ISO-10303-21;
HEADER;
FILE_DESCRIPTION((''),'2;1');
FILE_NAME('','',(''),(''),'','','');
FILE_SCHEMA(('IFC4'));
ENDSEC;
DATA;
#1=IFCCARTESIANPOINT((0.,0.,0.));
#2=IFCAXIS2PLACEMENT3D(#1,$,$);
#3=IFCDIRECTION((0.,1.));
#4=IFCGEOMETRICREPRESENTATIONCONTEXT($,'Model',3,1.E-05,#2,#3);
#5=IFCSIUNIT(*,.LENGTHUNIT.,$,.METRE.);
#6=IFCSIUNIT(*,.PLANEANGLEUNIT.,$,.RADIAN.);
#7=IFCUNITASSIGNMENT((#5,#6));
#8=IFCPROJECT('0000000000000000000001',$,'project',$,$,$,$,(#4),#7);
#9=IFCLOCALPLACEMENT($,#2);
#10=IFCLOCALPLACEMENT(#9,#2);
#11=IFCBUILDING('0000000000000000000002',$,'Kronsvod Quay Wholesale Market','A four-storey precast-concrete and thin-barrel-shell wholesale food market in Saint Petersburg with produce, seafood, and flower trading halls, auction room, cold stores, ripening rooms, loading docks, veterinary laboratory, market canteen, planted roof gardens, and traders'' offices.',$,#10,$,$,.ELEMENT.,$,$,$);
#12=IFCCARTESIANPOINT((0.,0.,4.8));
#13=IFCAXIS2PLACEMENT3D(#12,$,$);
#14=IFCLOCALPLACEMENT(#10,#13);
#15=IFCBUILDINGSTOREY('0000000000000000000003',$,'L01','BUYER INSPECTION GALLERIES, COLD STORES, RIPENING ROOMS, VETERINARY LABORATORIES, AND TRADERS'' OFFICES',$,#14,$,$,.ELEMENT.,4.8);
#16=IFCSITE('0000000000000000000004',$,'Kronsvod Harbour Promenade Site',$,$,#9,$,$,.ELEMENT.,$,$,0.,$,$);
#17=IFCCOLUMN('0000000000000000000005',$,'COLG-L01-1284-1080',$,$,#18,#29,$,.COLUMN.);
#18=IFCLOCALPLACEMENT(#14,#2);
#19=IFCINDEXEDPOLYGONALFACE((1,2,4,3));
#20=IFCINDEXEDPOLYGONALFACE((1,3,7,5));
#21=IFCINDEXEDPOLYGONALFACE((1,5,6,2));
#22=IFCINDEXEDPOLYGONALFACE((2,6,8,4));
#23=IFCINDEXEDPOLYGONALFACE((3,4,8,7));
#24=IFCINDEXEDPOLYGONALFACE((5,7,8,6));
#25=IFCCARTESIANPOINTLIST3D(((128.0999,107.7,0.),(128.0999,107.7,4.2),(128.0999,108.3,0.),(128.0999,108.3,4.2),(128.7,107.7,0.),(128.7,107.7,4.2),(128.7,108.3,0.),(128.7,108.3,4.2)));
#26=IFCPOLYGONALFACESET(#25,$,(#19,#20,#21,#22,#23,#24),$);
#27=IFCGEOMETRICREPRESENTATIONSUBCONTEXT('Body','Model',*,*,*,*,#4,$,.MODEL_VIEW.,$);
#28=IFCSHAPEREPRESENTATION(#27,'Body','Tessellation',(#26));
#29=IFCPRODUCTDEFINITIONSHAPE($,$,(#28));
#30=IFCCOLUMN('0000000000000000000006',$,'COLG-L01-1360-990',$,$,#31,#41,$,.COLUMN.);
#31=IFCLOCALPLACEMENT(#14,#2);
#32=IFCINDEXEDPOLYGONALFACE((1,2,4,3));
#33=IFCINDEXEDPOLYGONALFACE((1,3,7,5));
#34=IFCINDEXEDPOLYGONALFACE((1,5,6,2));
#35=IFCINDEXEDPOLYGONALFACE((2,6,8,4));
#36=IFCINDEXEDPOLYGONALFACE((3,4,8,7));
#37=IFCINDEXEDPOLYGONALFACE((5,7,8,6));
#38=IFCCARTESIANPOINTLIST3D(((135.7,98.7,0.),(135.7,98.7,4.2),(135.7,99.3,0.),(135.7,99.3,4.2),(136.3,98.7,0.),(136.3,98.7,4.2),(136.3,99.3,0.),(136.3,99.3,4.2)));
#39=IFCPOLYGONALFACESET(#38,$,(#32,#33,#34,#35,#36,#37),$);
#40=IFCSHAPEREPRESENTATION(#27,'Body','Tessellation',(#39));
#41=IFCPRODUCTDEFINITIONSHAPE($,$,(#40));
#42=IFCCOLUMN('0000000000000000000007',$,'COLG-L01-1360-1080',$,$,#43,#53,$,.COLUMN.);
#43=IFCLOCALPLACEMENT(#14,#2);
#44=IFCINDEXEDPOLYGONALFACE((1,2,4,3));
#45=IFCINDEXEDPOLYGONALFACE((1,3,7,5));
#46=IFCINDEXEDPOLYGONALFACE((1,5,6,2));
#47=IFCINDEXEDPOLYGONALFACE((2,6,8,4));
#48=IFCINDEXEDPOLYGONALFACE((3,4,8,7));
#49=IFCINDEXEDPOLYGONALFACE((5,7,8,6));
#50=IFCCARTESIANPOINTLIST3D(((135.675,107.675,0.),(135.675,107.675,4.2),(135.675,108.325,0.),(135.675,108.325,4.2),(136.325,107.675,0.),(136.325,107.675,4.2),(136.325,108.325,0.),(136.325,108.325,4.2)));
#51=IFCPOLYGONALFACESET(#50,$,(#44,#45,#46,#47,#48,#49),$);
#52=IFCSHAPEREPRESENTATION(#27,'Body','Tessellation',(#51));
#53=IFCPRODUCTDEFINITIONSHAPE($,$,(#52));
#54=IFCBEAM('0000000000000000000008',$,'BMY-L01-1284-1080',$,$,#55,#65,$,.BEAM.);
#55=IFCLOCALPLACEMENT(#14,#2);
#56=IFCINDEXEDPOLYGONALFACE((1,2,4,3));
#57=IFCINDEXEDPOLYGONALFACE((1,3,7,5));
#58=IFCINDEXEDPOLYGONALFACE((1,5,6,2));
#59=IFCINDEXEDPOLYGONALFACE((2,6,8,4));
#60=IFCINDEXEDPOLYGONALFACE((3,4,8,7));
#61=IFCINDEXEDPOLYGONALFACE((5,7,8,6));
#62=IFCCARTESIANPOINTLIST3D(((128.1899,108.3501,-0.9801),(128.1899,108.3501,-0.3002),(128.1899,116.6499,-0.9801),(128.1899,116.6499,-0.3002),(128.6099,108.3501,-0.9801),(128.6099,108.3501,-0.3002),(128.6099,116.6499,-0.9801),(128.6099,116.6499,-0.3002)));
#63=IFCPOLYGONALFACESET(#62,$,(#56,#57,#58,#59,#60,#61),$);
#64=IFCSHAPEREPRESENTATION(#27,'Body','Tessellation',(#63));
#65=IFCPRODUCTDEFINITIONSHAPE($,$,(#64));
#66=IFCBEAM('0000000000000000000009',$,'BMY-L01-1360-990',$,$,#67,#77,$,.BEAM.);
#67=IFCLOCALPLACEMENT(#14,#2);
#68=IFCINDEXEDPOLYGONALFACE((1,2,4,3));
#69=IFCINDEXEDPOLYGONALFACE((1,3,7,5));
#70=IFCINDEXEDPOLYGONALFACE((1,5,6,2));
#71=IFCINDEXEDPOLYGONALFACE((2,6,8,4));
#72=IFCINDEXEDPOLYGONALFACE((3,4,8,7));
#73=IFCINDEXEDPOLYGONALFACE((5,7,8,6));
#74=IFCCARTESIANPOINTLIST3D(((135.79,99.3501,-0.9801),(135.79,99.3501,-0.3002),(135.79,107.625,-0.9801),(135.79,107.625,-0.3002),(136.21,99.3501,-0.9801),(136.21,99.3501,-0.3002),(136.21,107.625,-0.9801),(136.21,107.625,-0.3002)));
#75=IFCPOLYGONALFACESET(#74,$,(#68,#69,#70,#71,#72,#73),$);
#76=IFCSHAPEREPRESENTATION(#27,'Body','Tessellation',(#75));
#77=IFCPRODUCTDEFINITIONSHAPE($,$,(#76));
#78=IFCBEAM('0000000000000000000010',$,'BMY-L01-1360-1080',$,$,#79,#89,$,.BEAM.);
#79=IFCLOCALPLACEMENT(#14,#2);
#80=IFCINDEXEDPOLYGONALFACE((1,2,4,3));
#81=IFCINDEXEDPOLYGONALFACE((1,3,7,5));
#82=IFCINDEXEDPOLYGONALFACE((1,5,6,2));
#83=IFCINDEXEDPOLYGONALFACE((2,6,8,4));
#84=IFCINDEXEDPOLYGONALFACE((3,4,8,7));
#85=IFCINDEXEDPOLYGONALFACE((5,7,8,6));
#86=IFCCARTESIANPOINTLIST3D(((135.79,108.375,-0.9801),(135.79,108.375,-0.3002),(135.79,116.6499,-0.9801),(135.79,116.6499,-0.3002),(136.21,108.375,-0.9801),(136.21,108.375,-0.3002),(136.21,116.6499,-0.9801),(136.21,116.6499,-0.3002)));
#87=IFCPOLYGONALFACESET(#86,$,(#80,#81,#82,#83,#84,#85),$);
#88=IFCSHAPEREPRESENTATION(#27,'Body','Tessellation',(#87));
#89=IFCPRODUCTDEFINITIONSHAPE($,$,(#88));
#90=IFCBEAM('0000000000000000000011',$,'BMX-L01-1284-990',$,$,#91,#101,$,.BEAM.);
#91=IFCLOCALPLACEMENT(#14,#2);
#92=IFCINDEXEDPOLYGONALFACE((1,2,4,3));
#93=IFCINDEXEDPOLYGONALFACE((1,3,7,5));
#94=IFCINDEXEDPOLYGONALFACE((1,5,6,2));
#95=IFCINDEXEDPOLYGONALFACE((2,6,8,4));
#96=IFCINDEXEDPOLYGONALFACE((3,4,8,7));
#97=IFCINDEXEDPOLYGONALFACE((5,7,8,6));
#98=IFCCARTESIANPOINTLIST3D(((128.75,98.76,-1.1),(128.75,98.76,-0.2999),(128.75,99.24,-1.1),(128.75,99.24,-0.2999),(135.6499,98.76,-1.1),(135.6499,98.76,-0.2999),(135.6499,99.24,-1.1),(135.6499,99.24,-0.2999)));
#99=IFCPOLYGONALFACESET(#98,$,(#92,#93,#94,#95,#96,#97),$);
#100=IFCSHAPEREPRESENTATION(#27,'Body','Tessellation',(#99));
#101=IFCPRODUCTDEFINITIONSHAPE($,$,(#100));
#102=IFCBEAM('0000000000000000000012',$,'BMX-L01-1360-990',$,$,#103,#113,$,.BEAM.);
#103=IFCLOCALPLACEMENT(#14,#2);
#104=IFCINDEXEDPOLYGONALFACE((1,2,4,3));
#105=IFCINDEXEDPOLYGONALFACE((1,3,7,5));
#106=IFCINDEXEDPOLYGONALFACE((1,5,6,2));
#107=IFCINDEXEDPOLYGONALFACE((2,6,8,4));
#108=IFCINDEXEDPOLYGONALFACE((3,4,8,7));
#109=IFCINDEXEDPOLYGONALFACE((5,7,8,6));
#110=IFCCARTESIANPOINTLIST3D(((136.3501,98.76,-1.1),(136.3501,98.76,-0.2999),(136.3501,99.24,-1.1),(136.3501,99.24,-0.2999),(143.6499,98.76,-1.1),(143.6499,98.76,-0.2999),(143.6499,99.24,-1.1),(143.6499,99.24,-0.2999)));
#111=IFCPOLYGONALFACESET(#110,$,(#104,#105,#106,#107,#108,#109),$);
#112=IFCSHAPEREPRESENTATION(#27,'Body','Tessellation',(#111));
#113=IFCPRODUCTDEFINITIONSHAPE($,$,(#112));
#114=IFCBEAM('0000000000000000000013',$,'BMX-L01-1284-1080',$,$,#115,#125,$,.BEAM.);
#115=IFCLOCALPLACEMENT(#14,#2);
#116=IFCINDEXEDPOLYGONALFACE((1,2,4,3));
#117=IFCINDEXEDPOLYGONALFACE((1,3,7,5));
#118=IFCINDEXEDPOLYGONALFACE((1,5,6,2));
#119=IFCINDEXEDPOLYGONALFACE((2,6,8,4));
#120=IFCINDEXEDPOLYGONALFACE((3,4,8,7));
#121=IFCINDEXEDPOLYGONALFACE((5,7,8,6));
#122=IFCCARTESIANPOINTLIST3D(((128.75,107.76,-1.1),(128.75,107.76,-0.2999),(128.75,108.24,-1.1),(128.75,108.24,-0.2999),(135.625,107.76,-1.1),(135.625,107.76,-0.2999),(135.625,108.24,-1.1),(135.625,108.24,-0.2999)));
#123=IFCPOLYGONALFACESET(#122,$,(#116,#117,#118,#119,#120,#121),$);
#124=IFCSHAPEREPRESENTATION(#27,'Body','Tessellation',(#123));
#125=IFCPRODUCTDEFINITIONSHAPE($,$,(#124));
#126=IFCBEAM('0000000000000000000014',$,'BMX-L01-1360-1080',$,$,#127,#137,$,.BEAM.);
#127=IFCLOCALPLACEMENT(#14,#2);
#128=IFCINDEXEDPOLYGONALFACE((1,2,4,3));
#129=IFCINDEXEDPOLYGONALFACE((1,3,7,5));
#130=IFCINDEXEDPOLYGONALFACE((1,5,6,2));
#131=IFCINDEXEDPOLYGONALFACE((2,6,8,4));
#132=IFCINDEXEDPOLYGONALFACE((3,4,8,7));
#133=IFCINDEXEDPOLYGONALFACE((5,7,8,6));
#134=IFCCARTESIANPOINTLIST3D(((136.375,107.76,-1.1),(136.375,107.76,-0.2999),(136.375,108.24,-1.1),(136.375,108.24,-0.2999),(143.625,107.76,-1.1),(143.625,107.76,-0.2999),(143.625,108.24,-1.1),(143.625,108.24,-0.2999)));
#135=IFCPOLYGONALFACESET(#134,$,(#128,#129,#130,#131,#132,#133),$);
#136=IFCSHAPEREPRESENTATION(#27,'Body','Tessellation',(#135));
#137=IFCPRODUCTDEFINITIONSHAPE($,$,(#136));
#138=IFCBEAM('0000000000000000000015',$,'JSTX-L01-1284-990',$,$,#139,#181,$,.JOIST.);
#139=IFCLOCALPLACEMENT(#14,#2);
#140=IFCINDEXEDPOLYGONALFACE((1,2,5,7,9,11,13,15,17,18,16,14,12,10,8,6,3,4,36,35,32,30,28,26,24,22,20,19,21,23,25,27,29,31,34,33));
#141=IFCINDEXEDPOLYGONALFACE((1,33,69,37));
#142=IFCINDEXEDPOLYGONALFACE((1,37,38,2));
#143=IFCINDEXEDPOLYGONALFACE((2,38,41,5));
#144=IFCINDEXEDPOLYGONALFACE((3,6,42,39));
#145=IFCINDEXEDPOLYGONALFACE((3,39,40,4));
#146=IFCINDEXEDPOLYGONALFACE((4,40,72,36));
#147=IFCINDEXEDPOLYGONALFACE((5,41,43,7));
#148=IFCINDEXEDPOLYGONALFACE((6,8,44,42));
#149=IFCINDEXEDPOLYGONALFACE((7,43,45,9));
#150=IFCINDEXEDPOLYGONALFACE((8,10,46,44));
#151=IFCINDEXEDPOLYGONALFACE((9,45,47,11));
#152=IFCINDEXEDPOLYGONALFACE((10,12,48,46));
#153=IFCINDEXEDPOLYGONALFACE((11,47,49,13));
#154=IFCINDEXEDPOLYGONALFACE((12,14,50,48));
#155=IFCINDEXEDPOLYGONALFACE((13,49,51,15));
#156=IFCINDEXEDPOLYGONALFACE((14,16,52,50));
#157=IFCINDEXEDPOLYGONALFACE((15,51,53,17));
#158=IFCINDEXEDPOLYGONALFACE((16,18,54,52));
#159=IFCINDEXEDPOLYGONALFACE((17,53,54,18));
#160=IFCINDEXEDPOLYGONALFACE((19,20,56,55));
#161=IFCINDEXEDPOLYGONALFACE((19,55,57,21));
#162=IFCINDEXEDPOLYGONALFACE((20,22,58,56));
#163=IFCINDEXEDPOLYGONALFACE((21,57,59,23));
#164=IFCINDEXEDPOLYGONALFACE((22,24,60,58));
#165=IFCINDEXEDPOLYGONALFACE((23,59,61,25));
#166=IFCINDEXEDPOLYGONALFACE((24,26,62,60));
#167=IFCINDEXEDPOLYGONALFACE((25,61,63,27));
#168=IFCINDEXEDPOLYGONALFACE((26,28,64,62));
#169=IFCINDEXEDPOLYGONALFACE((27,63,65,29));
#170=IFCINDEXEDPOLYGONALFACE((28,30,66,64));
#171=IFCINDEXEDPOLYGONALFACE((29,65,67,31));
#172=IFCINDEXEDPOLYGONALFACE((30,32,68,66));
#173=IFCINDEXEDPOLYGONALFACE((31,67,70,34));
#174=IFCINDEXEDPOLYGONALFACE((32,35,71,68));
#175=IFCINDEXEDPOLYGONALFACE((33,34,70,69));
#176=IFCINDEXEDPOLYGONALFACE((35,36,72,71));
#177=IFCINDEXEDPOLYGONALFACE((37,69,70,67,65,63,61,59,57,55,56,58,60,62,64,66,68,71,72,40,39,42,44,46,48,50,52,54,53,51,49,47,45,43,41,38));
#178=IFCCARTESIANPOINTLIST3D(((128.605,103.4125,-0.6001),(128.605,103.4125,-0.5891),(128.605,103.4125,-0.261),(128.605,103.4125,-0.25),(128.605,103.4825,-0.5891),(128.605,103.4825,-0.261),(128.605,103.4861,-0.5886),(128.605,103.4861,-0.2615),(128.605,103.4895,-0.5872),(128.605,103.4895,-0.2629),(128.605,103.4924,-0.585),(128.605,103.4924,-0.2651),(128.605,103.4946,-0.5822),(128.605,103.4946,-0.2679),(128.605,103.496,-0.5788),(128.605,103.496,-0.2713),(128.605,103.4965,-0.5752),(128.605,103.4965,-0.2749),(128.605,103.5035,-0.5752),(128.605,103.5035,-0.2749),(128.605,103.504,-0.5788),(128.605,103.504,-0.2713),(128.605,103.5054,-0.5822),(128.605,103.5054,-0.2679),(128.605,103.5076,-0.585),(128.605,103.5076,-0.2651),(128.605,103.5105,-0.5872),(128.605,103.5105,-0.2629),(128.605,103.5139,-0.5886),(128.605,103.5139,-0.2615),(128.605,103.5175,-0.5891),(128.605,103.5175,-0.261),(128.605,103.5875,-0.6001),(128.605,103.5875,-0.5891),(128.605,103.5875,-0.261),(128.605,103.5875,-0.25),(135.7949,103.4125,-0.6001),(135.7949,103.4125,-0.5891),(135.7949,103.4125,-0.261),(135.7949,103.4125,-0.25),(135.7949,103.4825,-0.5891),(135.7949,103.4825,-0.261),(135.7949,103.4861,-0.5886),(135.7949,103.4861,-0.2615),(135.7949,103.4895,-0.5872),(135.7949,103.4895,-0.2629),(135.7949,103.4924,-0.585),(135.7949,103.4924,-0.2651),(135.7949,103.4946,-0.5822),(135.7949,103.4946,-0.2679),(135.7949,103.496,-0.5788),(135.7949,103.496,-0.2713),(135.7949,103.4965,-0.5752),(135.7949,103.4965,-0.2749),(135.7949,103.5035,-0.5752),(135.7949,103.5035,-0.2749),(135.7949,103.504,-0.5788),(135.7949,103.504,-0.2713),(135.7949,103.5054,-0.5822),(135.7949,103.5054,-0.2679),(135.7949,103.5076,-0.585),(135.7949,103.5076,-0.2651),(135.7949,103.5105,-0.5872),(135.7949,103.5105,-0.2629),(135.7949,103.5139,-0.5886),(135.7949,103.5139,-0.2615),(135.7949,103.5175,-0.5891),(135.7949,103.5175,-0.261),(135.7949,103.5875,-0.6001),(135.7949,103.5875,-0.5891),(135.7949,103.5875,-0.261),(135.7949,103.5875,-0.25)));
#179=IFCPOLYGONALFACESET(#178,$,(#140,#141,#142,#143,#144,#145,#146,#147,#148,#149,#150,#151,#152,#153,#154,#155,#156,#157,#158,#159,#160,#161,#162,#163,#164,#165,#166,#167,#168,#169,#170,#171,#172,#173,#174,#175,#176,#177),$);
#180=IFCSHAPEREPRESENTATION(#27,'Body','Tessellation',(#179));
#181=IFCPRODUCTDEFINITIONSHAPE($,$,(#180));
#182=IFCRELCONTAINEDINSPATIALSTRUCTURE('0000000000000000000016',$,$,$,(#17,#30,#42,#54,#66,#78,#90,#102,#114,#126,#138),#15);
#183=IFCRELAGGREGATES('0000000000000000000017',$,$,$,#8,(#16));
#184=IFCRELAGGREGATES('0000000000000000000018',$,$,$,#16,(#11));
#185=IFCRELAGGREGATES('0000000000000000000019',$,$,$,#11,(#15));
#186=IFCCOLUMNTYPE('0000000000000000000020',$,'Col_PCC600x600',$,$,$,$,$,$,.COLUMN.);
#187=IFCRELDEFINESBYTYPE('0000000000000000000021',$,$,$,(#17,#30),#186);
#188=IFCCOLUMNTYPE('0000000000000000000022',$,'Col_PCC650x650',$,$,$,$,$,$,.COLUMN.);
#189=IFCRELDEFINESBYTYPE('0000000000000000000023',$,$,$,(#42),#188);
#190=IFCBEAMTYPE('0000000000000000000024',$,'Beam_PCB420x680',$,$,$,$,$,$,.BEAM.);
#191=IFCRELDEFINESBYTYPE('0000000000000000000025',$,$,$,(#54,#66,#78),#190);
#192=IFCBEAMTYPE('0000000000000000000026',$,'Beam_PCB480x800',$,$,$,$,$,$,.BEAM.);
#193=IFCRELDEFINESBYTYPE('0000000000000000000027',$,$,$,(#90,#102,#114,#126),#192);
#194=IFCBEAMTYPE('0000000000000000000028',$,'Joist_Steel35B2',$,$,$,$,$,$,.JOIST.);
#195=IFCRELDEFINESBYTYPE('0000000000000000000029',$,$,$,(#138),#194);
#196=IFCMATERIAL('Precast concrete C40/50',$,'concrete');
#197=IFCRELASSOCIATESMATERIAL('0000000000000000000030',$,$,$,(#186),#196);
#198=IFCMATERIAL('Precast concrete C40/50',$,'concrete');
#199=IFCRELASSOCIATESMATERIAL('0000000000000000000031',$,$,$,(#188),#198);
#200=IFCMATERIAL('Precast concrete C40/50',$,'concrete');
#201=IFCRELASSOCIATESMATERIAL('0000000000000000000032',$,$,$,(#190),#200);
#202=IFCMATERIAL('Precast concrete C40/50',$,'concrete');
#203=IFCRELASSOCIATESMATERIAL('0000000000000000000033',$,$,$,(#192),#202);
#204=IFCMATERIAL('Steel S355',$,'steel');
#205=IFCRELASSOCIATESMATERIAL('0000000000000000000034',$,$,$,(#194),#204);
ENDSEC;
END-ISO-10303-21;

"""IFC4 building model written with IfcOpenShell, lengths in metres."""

from ifc_helpers import new_model, si_unit, direction, frame, origin, origin_2d, place, context, subcontext, project, spatial, rectangle, i_section, extrude, material, material_profile, profile_set, type_object, element, save


model = new_model("IFC4")

# Units and contexts
model_context = context("Model", 3, precision=1e-05, world=origin(), true_north=direction((0.0, 1.0)))
body_context = subcontext(model_context, "Body", "Model", "MODEL_VIEW")
ifc_project = project(units=[si_unit("LENGTHUNIT", "METRE"), si_unit("PLANEANGLEUNIT", "RADIAN")], contexts=[model_context])

# Site, building, storey
site_placement = place(None, origin())
site = spatial("IfcSite", under=ifc_project, at=site_placement, Name="Kronsvod Harbour Promenade Site", CompositionType="ELEMENT", RefElevation=0.0)
building_placement = place(site_placement, origin())
building = spatial("IfcBuilding", under=site, at=building_placement, Name="Kronsvod Quay Wholesale Market", Description="A four-storey precast-concrete and thin-barrel-shell wholesale food market in Saint Petersburg with produce, seafood, and flower trading halls, auction room, cold stores, ripening rooms, loading docks, veterinary laboratory, market canteen, planted roof gardens, and traders' offices.", CompositionType="ELEMENT")
storey_placement = place(building_placement, frame((0.0, 0.0, 4.8)))
storey = spatial("IfcBuildingStorey", under=building, at=storey_placement, Name="L01", Description="BUYER INSPECTION GALLERIES, COLD STORES, RIPENING ROOMS, VETERINARY LABORATORIES, AND TRADERS' OFFICES", CompositionType="ELEMENT", Elevation=4.8)

# Columns
ifc_material_1 = material(Name="Precast concrete C40/50", Category="concrete")
ifc_material_profile_1 = material_profile(ifc_material_1, rectangle(XDim=0.6001, YDim=0.6001, at=origin_2d()), Name="PCC600x600")
ifc_profile_set_1 = profile_set([ifc_material_profile_1], Name="Precast concrete C40/50")
column_type_1 = type_object("IfcColumnType", Name="Col_PCC600x600", PredefinedType="COLUMN", material=ifc_profile_set_1)
for number, where, z_axis, x_axis, name in (
    (1, (128.3999, 108.0, 0.0), (0.0, 0.0, 1.0), (1.0, 0.0, 0.0), "COLG-L01-1284-1080"),
    (2, (136.0, 99.0, 0.0), (0.0, 0.0, 1.0), (1.0, 0.0, 0.0), "COLG-L01-1360-990"),
):
    element("IfcColumn", number, at=place(storey_placement, frame(where, z_axis=z_axis, x_axis=x_axis)), inside=storey, type_object=column_type_1, Name=name, PredefinedType="COLUMN", context=body_context, shape_type="SweptSolid", body=[
        extrude(rectangle(XDim=0.6001, YDim=0.6001, at=origin_2d()), origin(), (0.0, 0.0, 1.0), 4.2),
    ])
ifc_material_2 = material(Name="Precast concrete C40/50", Category="concrete")
ifc_material_profile_2 = material_profile(ifc_material_2, rectangle(XDim=0.6499, YDim=0.6499, at=origin_2d()), Name="COL-08")
ifc_profile_set_2 = profile_set([ifc_material_profile_2], Name="Precast concrete C40/50")
column_type_2 = type_object("IfcColumnType", Name="Col_PCC650x650", PredefinedType="COLUMN", material=ifc_profile_set_2)
column_placement = place(storey_placement, frame((136.0, 108.0, 0.0), z_axis=(0.0, 0.0, 1.0), x_axis=(1.0, 0.0, 0.0)))
element("IfcColumn", 3, at=column_placement, inside=storey, type_object=column_type_2, Name="COLG-L01-1360-1080", PredefinedType="COLUMN", context=body_context, shape_type="SweptSolid", body=[
    extrude(rectangle(XDim=0.6499, YDim=0.6499, at=origin_2d()), origin(), (0.0, 0.0, 1.0), 4.2),
])

# Beams
ifc_material_3 = material(Name="Precast concrete C40/50", Category="concrete")
ifc_material_profile_3 = material_profile(ifc_material_3, rectangle(XDim=0.4199, YDim=0.6799, at=origin_2d()), Name="PB-05")
ifc_profile_set_3 = profile_set([ifc_material_profile_3], Name="Precast concrete C40/50")
beam_type_1 = type_object("IfcBeamType", Name="Beam_PCB420x680", PredefinedType="BEAM", material=ifc_profile_set_3)
beam_1_placement = place(storey_placement, frame((128.3999, 108.3501, -0.6401), z_axis=(0.0, 1.0, 0.0), x_axis=(-1.0, 0.0, 0.0)))
element("IfcBeam", 4, at=beam_1_placement, inside=storey, type_object=beam_type_1, Name="BMY-L01-1284-1080", PredefinedType="BEAM", context=body_context, shape_type="SweptSolid", body=[
    extrude(rectangle(XDim=0.4199, YDim=0.6799, at=origin_2d()), origin(), (0.0, 0.0, 1.0), 8.2998),
])
for number, where, z_axis, x_axis, name in (
    (5, (136.0, 99.3501, -0.6401), (0.0, 1.0, 0.0), (-1.0, 0.0, 0.0), "BMY-L01-1360-990"),
    (6, (136.0, 108.375, -0.6401), (0.0, 1.0, 0.0), (-1.0, 0.0, 0.0), "BMY-L01-1360-1080"),
):
    element("IfcBeam", number, at=place(storey_placement, frame(where, z_axis=z_axis, x_axis=x_axis)), inside=storey, type_object=beam_type_1, Name=name, PredefinedType="BEAM", context=body_context, shape_type="SweptSolid", body=[
        extrude(rectangle(XDim=0.4199, YDim=0.6799, at=origin_2d()), origin(), (0.0, 0.0, 1.0), 8.2749),
    ])
ifc_material_4 = material(Name="Precast concrete C40/50", Category="concrete")
ifc_material_profile_4 = material_profile(ifc_material_4, rectangle(XDim=0.48, YDim=0.8, at=origin_2d()), Name="PB-04")
ifc_profile_set_4 = profile_set([ifc_material_profile_4], Name="Precast concrete C40/50")
beam_type_2 = type_object("IfcBeamType", Name="Beam_PCB480x800", PredefinedType="BEAM", material=ifc_profile_set_4)
beam_2_placement = place(storey_placement, frame((128.75, 99.0, -0.7), z_axis=(1.0, 0.0, 0.0), x_axis=(0.0, 1.0, 0.0)))
element("IfcBeam", 7, at=beam_2_placement, inside=storey, type_object=beam_type_2, Name="BMX-L01-1284-990", PredefinedType="BEAM", context=body_context, shape_type="SweptSolid", body=[
    extrude(rectangle(XDim=0.48, YDim=0.8, at=origin_2d()), origin(), (0.0, 0.0, 1.0), 6.8999),
])
beam_3_placement = place(storey_placement, frame((136.3501, 99.0, -0.7), z_axis=(1.0, 0.0, 0.0), x_axis=(0.0, 1.0, 0.0)))
element("IfcBeam", 8, at=beam_3_placement, inside=storey, type_object=beam_type_2, Name="BMX-L01-1360-990", PredefinedType="BEAM", context=body_context, shape_type="SweptSolid", body=[
    extrude(rectangle(XDim=0.48, YDim=0.8, at=origin_2d()), origin(), (0.0, 0.0, 1.0), 7.2998),
])
beam_4_placement = place(storey_placement, frame((128.75, 108.0, -0.7), z_axis=(1.0, 0.0, 0.0), x_axis=(0.0, 1.0, 0.0)))
element("IfcBeam", 9, at=beam_4_placement, inside=storey, type_object=beam_type_2, Name="BMX-L01-1284-1080", PredefinedType="BEAM", context=body_context, shape_type="SweptSolid", body=[
    extrude(rectangle(XDim=0.48, YDim=0.8, at=origin_2d()), origin(), (0.0, 0.0, 1.0), 6.875),
])
beam_5_placement = place(storey_placement, frame((136.375, 108.0, -0.7), z_axis=(1.0, 0.0, 0.0), x_axis=(0.0, 1.0, 0.0)))
element("IfcBeam", 10, at=beam_5_placement, inside=storey, type_object=beam_type_2, Name="BMX-L01-1360-1080", PredefinedType="BEAM", context=body_context, shape_type="SweptSolid", body=[
    extrude(rectangle(XDim=0.48, YDim=0.8, at=origin_2d()), origin(), (0.0, 0.0, 1.0), 7.25),
])
ifc_material_5 = material(Name="Steel S355", Category="steel")
ifc_material_profile_5 = material_profile(ifc_material_5, i_section(OverallWidth=0.175, OverallDepth=0.3501, WebThickness=0.0071, FlangeThickness=0.011, FilletRadius=0.0139, at=origin_2d()), Name="35B2")
ifc_profile_set_5 = profile_set([ifc_material_profile_5], Name="Steel S355")
beam_type_3 = type_object("IfcBeamType", Name="Joist_Steel35B2", PredefinedType="JOIST", material=ifc_profile_set_5)
beam_6_placement = place(storey_placement, frame((128.605, 103.5, -0.425), z_axis=(1.0, 0.0, 0.0), x_axis=(0.0, 1.0, 0.0)))
element("IfcBeam", 11, at=beam_6_placement, inside=storey, type_object=beam_type_3, Name="JSTX-L01-1284-990", PredefinedType="JOIST", context=body_context, shape_type="SweptSolid", body=[
    extrude(i_section(OverallWidth=0.175, OverallDepth=0.3501, WebThickness=0.0071, FlangeThickness=0.011, FilletRadius=0.0139, at=origin_2d()), origin(), (0.0, 0.0, 1.0), 7.1899),
])

save(model, "model.ifc")
